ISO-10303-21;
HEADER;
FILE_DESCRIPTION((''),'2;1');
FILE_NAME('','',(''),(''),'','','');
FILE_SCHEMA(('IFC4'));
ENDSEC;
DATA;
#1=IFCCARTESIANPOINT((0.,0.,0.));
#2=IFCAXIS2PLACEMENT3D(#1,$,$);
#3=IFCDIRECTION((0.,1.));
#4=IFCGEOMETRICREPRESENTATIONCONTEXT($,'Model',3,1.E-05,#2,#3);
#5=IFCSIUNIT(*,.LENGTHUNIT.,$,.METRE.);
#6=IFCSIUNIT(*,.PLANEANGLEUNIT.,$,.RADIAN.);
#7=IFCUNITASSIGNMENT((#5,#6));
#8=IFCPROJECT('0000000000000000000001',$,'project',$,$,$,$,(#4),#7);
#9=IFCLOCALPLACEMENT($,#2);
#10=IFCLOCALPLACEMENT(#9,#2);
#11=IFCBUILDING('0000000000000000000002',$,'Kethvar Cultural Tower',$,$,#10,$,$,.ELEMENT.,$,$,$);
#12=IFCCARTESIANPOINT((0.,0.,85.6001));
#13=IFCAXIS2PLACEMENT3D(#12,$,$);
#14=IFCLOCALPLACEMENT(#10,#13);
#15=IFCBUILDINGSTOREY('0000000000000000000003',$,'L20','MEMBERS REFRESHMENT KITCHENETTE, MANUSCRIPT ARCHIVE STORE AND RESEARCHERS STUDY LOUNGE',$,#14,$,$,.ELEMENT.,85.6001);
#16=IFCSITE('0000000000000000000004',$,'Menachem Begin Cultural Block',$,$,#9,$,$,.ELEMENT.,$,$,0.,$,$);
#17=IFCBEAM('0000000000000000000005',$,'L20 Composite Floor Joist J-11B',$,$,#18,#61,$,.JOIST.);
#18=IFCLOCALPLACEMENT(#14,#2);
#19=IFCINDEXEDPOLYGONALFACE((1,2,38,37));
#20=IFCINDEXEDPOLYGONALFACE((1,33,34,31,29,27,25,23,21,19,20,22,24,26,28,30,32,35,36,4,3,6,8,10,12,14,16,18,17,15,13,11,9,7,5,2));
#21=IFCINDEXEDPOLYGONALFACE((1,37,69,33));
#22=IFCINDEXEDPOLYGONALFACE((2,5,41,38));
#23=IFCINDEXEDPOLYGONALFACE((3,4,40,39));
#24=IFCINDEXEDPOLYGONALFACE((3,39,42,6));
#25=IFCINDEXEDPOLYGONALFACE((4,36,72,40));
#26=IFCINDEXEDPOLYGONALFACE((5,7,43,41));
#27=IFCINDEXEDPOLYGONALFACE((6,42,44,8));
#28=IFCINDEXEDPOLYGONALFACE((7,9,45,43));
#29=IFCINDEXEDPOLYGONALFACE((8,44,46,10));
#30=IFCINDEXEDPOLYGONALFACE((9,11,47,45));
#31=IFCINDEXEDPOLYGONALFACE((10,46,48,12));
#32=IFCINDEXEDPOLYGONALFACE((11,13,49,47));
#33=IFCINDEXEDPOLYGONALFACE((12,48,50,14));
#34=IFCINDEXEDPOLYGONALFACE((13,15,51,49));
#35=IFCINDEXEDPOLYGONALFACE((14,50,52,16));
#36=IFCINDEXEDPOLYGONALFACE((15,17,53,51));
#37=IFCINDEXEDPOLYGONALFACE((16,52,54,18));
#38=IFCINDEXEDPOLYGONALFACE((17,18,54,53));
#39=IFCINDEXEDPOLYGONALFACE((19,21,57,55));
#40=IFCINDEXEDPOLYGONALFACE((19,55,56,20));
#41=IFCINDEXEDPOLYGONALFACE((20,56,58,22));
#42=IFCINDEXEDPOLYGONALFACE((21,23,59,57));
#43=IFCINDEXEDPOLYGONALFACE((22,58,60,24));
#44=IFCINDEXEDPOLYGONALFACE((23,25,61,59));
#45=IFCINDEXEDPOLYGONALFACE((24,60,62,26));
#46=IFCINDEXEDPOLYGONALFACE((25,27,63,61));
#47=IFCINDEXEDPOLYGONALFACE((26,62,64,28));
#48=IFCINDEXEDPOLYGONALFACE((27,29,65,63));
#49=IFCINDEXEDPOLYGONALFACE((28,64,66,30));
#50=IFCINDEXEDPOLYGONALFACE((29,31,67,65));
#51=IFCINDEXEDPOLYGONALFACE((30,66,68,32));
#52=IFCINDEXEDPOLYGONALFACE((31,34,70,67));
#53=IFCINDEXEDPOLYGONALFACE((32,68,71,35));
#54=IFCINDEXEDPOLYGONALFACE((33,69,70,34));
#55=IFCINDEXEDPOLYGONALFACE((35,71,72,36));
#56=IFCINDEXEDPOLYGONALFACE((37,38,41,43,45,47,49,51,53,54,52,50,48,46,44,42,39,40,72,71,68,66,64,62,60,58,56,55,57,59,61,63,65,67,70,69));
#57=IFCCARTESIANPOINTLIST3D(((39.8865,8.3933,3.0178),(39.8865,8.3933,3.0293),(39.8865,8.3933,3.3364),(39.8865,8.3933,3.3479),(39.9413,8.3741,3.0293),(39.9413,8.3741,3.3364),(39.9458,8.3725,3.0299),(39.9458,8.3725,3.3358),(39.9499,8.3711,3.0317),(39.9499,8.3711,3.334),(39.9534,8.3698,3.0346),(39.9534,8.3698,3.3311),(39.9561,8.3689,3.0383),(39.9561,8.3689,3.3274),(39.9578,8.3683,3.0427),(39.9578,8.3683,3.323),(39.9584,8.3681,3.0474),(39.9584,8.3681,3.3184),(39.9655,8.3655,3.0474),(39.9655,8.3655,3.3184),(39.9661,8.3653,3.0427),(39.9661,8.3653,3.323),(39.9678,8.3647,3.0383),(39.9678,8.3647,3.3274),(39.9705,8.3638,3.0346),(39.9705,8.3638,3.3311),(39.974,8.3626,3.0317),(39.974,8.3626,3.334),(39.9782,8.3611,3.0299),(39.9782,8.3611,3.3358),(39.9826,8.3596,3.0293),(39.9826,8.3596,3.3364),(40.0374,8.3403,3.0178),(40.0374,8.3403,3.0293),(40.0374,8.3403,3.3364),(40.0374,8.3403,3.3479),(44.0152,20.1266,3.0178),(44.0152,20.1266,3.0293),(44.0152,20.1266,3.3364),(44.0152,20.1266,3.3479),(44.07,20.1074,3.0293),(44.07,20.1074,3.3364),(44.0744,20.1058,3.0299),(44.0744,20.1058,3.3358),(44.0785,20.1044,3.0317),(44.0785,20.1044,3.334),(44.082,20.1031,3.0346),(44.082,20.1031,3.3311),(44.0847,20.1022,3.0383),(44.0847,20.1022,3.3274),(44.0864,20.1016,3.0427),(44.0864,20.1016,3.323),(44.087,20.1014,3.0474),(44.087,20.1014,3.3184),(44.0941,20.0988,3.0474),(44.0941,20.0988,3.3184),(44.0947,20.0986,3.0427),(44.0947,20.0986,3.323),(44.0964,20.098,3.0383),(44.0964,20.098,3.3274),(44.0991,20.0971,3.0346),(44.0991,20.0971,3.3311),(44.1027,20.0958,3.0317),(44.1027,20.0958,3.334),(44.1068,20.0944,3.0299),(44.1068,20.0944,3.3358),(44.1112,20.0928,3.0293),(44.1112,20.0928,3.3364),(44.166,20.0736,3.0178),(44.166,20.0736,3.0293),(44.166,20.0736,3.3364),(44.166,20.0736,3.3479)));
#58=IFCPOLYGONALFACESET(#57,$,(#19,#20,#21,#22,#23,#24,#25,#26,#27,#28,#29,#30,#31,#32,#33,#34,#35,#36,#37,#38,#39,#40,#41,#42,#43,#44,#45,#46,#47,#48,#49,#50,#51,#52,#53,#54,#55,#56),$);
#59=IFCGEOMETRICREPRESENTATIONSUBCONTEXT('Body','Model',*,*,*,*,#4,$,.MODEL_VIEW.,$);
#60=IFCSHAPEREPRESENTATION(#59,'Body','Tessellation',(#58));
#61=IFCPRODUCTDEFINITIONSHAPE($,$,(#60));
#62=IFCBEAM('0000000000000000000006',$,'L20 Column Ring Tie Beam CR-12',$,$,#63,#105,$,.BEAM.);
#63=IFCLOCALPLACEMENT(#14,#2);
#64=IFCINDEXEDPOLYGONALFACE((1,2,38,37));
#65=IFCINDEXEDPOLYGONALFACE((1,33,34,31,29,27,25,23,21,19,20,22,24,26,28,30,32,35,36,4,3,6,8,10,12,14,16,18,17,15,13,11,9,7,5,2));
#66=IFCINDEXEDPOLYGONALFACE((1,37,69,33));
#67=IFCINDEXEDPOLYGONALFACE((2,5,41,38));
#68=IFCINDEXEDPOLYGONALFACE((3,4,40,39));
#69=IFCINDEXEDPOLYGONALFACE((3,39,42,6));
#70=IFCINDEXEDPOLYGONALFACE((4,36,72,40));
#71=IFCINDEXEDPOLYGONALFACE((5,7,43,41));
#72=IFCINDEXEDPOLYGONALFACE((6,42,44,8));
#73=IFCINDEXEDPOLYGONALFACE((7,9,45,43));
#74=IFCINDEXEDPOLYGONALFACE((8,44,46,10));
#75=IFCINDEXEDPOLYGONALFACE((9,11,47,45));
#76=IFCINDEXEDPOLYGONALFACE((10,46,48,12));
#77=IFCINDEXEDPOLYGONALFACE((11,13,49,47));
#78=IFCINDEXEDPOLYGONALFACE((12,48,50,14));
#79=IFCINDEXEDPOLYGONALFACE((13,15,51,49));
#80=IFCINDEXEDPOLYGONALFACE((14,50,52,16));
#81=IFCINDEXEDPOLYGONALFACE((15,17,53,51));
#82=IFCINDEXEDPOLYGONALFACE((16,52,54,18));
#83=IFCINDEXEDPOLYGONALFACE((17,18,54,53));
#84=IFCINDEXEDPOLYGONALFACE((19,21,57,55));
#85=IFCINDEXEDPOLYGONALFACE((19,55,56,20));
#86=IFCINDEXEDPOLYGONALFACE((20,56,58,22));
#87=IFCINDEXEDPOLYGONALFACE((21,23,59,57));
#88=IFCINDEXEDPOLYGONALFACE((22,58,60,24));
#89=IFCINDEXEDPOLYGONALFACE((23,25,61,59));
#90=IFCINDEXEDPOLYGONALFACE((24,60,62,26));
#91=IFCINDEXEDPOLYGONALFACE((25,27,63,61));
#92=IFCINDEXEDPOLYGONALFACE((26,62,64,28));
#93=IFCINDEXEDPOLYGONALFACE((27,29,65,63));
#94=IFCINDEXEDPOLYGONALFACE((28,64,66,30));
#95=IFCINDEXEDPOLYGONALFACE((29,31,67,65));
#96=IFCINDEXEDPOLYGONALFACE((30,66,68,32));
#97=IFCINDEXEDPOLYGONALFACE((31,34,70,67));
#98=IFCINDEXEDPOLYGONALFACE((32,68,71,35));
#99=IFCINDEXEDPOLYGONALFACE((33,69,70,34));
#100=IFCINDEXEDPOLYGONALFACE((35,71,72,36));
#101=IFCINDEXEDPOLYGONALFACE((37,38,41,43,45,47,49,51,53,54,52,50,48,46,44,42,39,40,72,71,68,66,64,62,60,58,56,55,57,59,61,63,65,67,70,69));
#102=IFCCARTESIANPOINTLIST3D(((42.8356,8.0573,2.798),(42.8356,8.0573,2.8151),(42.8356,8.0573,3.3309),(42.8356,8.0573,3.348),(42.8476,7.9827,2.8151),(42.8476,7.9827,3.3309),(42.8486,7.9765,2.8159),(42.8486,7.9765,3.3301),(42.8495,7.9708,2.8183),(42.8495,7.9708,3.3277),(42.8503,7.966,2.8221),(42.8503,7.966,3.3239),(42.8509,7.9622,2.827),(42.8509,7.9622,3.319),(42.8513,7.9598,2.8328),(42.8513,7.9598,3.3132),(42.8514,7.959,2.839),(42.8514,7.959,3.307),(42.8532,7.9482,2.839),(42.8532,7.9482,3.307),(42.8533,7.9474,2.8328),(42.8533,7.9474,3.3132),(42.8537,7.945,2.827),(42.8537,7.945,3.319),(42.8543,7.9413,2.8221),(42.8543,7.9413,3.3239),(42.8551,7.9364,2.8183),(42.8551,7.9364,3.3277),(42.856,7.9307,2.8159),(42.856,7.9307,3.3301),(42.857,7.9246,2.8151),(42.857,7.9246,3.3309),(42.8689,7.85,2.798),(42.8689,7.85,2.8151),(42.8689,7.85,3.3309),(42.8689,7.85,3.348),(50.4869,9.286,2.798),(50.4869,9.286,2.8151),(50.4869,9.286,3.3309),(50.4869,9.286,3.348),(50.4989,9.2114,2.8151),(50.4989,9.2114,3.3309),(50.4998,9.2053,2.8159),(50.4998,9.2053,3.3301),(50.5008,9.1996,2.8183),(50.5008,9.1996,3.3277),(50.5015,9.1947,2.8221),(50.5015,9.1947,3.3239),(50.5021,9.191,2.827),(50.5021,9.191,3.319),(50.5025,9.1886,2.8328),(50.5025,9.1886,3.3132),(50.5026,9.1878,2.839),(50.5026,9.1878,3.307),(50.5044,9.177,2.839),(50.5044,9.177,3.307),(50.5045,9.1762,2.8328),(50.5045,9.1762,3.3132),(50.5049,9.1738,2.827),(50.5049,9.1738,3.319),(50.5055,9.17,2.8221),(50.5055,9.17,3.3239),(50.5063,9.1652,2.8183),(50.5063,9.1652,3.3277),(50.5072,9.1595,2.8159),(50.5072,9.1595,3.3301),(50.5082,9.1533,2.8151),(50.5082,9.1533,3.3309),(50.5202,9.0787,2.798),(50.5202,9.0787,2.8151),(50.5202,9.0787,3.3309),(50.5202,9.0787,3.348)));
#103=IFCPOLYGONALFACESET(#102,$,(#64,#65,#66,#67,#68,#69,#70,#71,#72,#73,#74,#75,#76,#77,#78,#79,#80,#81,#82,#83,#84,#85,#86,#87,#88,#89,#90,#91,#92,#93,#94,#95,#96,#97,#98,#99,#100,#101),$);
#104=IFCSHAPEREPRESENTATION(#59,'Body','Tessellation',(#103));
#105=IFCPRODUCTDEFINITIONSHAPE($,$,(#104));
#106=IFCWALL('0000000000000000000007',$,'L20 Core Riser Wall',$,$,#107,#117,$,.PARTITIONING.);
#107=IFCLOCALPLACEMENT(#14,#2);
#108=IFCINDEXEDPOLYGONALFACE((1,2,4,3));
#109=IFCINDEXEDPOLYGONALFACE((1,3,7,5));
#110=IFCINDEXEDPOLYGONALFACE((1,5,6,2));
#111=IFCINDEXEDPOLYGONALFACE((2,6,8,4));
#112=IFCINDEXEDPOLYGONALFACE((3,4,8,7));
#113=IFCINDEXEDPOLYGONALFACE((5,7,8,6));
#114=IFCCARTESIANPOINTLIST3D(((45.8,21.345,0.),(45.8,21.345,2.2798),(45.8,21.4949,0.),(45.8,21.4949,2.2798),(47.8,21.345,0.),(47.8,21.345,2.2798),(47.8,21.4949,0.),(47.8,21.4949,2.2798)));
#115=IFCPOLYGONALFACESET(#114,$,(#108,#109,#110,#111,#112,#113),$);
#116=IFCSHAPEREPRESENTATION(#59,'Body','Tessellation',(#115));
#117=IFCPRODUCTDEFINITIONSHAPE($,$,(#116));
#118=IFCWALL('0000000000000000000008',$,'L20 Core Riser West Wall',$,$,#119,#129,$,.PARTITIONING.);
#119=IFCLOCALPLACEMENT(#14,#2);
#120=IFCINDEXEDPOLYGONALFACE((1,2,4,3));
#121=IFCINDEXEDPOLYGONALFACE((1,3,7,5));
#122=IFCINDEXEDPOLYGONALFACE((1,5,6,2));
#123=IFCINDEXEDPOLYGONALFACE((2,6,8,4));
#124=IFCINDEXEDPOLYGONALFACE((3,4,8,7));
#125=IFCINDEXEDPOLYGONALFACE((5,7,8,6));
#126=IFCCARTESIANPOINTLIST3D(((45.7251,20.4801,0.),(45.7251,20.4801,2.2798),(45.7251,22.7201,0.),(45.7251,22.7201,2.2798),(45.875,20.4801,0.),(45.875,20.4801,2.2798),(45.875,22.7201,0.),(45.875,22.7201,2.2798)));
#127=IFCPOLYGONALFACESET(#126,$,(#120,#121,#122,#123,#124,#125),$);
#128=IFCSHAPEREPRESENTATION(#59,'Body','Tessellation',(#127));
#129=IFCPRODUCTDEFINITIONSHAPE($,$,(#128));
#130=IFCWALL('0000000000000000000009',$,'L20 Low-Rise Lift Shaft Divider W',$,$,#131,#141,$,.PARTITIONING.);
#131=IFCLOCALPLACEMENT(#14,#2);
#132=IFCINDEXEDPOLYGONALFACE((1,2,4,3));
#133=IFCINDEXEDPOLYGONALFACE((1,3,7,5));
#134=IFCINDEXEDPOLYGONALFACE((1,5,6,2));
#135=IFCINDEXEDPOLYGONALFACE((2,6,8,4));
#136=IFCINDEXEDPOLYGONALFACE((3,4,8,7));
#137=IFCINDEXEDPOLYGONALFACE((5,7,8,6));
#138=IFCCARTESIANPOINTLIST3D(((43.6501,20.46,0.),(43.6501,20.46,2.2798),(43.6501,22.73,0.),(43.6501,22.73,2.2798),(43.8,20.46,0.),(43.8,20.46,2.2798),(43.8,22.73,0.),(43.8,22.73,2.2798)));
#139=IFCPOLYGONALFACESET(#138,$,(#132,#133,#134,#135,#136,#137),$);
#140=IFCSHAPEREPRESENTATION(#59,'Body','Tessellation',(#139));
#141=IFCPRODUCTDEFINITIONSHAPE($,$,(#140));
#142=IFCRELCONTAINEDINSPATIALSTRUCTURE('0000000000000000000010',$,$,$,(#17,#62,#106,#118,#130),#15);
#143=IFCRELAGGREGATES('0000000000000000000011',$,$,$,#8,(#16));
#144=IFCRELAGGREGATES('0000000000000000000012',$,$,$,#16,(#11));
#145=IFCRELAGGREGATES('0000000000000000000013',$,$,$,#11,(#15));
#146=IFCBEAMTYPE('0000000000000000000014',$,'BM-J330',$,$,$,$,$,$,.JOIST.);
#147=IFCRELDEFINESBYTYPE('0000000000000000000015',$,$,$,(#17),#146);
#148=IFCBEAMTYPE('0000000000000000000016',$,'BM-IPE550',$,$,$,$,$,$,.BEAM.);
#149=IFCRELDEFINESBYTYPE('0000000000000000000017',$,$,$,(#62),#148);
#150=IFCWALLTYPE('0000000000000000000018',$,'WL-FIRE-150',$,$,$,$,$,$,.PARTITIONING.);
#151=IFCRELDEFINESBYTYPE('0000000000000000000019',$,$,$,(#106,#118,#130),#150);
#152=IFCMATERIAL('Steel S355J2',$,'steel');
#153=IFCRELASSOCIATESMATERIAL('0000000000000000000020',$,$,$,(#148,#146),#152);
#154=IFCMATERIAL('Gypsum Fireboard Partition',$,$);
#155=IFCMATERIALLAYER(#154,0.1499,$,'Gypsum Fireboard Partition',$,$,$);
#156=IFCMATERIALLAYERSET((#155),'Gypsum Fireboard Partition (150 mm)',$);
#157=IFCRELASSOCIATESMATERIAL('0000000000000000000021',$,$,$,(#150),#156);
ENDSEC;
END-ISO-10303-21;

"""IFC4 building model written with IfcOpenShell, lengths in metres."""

from ifc_helpers import new_model, si_unit, direction, frame, frame_2d, origin, origin_2d, place, context, subcontext, project, spatial, rectangle, i_section, extrude, source, transform, mapped, material, layer, layer_set, material_profile, profile_set, type_object, element, save


model = new_model("IFC4")

# Units and contexts
model_context = context("Model", 3, precision=1e-05, world=origin(), true_north=direction((0.0, 1.0)))
body_context = subcontext(model_context, "Body", "Model", "MODEL_VIEW")
ifc_project = project(units=[si_unit("LENGTHUNIT", "METRE"), si_unit("PLANEANGLEUNIT", "RADIAN")], contexts=[model_context])

# Site, building, storey
site_placement = place(None, origin())
site = spatial("IfcSite", under=ifc_project, at=site_placement, Name="Menachem Begin Cultural Block", CompositionType="ELEMENT", RefElevation=0.0)
building_placement = place(site_placement, origin())
building = spatial("IfcBuilding", under=site, at=building_placement, Name="Kethvar Cultural Tower", CompositionType="ELEMENT")
storey_placement = place(building_placement, frame((0.0, 0.0, 85.6001)))
storey = spatial("IfcBuildingStorey", under=building, at=storey_placement, Name="L20", Description="MEMBERS REFRESHMENT KITCHENETTE, MANUSCRIPT ARCHIVE STORE AND RESEARCHERS STUDY LOUNGE", CompositionType="ELEMENT", Elevation=85.6001)

# Beams
ifc_material_1 = material(Name="Steel S355J2", Category="steel")
ifc_material_profile_1 = material_profile(ifc_material_1, i_section(OverallWidth=0.21, OverallDepth=0.55, WebThickness=0.011, FlangeThickness=0.0171, FilletRadius=0.0239, at=origin_2d()), Name="Steel S355J2 — IPE550")
ifc_profile_set_1 = profile_set([ifc_material_profile_1], Name="Steel S355J2 — IPE550")
beam_type_1 = type_object("IfcBeamType", Name="BM-IPE550", PredefinedType="BEAM", material=ifc_profile_set_1)
ifc_material_profile_2 = material_profile(ifc_material_1, i_section(OverallWidth=0.1599, OverallDepth=0.3301, WebThickness=0.0076, FlangeThickness=0.0115, FilletRadius=0.0181, at=origin_2d()), Name="Steel S355J2 — IPE330")
ifc_profile_set_2 = profile_set([ifc_material_profile_2], Name="Steel S355J2 — IPE330")
beam_type_2 = type_object("IfcBeamType", Name="BM-J330", PredefinedType="JOIST", material=ifc_profile_set_2)
shared_shape_1 = source(origin(), body_context, "Body", "SweptSolid", [
    extrude(i_section(OverallWidth=0.1599, OverallDepth=0.3301, WebThickness=0.0076, FlangeThickness=0.0115, FilletRadius=0.0181, at=origin_2d()), origin(), (0.0, 0.0, 1.0), 12.4385),
])
beam_1_placement = place(storey_placement, frame((44.0906, 20.1001, 3.1829), z_axis=(-0.331924, -0.943306, 0.0), x_axis=(0.943306, -0.331924, 0.0)))
element("IfcBeam", 1, at=beam_1_placement, inside=storey, type_object=beam_type_2, Name="L20 Composite Floor Joist J-11B", PredefinedType="JOIST", context=body_context, shape_type="MappedRepresentation", body=[
    mapped(shared_shape_1, transform((0.0, 0.0, 0.0), scale=1.0)),
])
shared_shape_2 = source(origin(), body_context, "Body", "SweptSolid", [
    extrude(i_section(OverallWidth=0.21, OverallDepth=0.55, WebThickness=0.011, FlangeThickness=0.0171, FilletRadius=0.0239, at=origin_2d()), origin(), (0.0, 0.0, 1.0), 7.7493),
])
beam_2_placement = place(storey_placement, frame((42.8523, 7.9536, 3.073), z_axis=(0.987348, 0.158567, 0.0), x_axis=(-0.158567, 0.987348, 0.0)))
element("IfcBeam", 2, at=beam_2_placement, inside=storey, type_object=beam_type_1, Name="L20 Column Ring Tie Beam CR-12", PredefinedType="BEAM", context=body_context, shape_type="MappedRepresentation", body=[
    mapped(shared_shape_2, transform((0.0, 0.0, 0.0), scale=1.0)),
])

# Walls
ifc_material_2 = material(Name="Gypsum Fireboard Partition")
ifc_layer_1 = layer(ifc_material_2, 0.1499, Name="Gypsum Fireboard Partition")
ifc_layer_set_1 = layer_set([ifc_layer_1], Name="Gypsum Fireboard Partition (150 mm)")
wall_type_1 = type_object("IfcWallType", Name="WL-FIRE-150", PredefinedType="PARTITIONING", material=ifc_layer_set_1)
wall_1_placement = place(storey_placement, frame((45.8, 21.4199, 0.0), z_axis=(0.0, 0.0, 1.0), x_axis=(1.0, 0.0, 0.0)))
element("IfcWall", 3, at=wall_1_placement, inside=storey, type_object=wall_type_1, Name="L20 Core Riser Wall", PredefinedType="PARTITIONING", context=body_context, shape_type="SweptSolid", body=[
    extrude(rectangle(XDim=2.0, YDim=0.1499, at=frame_2d((1.0, 0.0))), origin(), (0.0, 0.0, 1.0), 2.2798),
])
wall_2_placement = place(storey_placement, frame((45.8, 20.48, 0.0), z_axis=(0.0, 0.0, 1.0), x_axis=(0.0, 1.0, 0.0)))
element("IfcWall", 4, at=wall_2_placement, inside=storey, type_object=wall_type_1, Name="L20 Core Riser West Wall", PredefinedType="PARTITIONING", context=body_context, shape_type="SweptSolid", body=[
    extrude(rectangle(XDim=2.24, YDim=0.1499, at=frame_2d((1.1201, 0.0))), origin(), (0.0, 0.0, 1.0), 2.2798),
])
wall_3_placement = place(storey_placement, frame((43.7251, 20.46, 0.0), z_axis=(0.0, 0.0, 1.0), x_axis=(0.0, 1.0, 0.0)))
element("IfcWall", 5, at=wall_3_placement, inside=storey, type_object=wall_type_1, Name="L20 Low-Rise Lift Shaft Divider W", PredefinedType="PARTITIONING", context=body_context, shape_type="SweptSolid", body=[
    extrude(rectangle(XDim=2.27, YDim=0.1499, at=frame_2d((1.135, 0.0))), origin(), (0.0, 0.0, 1.0), 2.2798),
])

save(model, "model.ifc")
